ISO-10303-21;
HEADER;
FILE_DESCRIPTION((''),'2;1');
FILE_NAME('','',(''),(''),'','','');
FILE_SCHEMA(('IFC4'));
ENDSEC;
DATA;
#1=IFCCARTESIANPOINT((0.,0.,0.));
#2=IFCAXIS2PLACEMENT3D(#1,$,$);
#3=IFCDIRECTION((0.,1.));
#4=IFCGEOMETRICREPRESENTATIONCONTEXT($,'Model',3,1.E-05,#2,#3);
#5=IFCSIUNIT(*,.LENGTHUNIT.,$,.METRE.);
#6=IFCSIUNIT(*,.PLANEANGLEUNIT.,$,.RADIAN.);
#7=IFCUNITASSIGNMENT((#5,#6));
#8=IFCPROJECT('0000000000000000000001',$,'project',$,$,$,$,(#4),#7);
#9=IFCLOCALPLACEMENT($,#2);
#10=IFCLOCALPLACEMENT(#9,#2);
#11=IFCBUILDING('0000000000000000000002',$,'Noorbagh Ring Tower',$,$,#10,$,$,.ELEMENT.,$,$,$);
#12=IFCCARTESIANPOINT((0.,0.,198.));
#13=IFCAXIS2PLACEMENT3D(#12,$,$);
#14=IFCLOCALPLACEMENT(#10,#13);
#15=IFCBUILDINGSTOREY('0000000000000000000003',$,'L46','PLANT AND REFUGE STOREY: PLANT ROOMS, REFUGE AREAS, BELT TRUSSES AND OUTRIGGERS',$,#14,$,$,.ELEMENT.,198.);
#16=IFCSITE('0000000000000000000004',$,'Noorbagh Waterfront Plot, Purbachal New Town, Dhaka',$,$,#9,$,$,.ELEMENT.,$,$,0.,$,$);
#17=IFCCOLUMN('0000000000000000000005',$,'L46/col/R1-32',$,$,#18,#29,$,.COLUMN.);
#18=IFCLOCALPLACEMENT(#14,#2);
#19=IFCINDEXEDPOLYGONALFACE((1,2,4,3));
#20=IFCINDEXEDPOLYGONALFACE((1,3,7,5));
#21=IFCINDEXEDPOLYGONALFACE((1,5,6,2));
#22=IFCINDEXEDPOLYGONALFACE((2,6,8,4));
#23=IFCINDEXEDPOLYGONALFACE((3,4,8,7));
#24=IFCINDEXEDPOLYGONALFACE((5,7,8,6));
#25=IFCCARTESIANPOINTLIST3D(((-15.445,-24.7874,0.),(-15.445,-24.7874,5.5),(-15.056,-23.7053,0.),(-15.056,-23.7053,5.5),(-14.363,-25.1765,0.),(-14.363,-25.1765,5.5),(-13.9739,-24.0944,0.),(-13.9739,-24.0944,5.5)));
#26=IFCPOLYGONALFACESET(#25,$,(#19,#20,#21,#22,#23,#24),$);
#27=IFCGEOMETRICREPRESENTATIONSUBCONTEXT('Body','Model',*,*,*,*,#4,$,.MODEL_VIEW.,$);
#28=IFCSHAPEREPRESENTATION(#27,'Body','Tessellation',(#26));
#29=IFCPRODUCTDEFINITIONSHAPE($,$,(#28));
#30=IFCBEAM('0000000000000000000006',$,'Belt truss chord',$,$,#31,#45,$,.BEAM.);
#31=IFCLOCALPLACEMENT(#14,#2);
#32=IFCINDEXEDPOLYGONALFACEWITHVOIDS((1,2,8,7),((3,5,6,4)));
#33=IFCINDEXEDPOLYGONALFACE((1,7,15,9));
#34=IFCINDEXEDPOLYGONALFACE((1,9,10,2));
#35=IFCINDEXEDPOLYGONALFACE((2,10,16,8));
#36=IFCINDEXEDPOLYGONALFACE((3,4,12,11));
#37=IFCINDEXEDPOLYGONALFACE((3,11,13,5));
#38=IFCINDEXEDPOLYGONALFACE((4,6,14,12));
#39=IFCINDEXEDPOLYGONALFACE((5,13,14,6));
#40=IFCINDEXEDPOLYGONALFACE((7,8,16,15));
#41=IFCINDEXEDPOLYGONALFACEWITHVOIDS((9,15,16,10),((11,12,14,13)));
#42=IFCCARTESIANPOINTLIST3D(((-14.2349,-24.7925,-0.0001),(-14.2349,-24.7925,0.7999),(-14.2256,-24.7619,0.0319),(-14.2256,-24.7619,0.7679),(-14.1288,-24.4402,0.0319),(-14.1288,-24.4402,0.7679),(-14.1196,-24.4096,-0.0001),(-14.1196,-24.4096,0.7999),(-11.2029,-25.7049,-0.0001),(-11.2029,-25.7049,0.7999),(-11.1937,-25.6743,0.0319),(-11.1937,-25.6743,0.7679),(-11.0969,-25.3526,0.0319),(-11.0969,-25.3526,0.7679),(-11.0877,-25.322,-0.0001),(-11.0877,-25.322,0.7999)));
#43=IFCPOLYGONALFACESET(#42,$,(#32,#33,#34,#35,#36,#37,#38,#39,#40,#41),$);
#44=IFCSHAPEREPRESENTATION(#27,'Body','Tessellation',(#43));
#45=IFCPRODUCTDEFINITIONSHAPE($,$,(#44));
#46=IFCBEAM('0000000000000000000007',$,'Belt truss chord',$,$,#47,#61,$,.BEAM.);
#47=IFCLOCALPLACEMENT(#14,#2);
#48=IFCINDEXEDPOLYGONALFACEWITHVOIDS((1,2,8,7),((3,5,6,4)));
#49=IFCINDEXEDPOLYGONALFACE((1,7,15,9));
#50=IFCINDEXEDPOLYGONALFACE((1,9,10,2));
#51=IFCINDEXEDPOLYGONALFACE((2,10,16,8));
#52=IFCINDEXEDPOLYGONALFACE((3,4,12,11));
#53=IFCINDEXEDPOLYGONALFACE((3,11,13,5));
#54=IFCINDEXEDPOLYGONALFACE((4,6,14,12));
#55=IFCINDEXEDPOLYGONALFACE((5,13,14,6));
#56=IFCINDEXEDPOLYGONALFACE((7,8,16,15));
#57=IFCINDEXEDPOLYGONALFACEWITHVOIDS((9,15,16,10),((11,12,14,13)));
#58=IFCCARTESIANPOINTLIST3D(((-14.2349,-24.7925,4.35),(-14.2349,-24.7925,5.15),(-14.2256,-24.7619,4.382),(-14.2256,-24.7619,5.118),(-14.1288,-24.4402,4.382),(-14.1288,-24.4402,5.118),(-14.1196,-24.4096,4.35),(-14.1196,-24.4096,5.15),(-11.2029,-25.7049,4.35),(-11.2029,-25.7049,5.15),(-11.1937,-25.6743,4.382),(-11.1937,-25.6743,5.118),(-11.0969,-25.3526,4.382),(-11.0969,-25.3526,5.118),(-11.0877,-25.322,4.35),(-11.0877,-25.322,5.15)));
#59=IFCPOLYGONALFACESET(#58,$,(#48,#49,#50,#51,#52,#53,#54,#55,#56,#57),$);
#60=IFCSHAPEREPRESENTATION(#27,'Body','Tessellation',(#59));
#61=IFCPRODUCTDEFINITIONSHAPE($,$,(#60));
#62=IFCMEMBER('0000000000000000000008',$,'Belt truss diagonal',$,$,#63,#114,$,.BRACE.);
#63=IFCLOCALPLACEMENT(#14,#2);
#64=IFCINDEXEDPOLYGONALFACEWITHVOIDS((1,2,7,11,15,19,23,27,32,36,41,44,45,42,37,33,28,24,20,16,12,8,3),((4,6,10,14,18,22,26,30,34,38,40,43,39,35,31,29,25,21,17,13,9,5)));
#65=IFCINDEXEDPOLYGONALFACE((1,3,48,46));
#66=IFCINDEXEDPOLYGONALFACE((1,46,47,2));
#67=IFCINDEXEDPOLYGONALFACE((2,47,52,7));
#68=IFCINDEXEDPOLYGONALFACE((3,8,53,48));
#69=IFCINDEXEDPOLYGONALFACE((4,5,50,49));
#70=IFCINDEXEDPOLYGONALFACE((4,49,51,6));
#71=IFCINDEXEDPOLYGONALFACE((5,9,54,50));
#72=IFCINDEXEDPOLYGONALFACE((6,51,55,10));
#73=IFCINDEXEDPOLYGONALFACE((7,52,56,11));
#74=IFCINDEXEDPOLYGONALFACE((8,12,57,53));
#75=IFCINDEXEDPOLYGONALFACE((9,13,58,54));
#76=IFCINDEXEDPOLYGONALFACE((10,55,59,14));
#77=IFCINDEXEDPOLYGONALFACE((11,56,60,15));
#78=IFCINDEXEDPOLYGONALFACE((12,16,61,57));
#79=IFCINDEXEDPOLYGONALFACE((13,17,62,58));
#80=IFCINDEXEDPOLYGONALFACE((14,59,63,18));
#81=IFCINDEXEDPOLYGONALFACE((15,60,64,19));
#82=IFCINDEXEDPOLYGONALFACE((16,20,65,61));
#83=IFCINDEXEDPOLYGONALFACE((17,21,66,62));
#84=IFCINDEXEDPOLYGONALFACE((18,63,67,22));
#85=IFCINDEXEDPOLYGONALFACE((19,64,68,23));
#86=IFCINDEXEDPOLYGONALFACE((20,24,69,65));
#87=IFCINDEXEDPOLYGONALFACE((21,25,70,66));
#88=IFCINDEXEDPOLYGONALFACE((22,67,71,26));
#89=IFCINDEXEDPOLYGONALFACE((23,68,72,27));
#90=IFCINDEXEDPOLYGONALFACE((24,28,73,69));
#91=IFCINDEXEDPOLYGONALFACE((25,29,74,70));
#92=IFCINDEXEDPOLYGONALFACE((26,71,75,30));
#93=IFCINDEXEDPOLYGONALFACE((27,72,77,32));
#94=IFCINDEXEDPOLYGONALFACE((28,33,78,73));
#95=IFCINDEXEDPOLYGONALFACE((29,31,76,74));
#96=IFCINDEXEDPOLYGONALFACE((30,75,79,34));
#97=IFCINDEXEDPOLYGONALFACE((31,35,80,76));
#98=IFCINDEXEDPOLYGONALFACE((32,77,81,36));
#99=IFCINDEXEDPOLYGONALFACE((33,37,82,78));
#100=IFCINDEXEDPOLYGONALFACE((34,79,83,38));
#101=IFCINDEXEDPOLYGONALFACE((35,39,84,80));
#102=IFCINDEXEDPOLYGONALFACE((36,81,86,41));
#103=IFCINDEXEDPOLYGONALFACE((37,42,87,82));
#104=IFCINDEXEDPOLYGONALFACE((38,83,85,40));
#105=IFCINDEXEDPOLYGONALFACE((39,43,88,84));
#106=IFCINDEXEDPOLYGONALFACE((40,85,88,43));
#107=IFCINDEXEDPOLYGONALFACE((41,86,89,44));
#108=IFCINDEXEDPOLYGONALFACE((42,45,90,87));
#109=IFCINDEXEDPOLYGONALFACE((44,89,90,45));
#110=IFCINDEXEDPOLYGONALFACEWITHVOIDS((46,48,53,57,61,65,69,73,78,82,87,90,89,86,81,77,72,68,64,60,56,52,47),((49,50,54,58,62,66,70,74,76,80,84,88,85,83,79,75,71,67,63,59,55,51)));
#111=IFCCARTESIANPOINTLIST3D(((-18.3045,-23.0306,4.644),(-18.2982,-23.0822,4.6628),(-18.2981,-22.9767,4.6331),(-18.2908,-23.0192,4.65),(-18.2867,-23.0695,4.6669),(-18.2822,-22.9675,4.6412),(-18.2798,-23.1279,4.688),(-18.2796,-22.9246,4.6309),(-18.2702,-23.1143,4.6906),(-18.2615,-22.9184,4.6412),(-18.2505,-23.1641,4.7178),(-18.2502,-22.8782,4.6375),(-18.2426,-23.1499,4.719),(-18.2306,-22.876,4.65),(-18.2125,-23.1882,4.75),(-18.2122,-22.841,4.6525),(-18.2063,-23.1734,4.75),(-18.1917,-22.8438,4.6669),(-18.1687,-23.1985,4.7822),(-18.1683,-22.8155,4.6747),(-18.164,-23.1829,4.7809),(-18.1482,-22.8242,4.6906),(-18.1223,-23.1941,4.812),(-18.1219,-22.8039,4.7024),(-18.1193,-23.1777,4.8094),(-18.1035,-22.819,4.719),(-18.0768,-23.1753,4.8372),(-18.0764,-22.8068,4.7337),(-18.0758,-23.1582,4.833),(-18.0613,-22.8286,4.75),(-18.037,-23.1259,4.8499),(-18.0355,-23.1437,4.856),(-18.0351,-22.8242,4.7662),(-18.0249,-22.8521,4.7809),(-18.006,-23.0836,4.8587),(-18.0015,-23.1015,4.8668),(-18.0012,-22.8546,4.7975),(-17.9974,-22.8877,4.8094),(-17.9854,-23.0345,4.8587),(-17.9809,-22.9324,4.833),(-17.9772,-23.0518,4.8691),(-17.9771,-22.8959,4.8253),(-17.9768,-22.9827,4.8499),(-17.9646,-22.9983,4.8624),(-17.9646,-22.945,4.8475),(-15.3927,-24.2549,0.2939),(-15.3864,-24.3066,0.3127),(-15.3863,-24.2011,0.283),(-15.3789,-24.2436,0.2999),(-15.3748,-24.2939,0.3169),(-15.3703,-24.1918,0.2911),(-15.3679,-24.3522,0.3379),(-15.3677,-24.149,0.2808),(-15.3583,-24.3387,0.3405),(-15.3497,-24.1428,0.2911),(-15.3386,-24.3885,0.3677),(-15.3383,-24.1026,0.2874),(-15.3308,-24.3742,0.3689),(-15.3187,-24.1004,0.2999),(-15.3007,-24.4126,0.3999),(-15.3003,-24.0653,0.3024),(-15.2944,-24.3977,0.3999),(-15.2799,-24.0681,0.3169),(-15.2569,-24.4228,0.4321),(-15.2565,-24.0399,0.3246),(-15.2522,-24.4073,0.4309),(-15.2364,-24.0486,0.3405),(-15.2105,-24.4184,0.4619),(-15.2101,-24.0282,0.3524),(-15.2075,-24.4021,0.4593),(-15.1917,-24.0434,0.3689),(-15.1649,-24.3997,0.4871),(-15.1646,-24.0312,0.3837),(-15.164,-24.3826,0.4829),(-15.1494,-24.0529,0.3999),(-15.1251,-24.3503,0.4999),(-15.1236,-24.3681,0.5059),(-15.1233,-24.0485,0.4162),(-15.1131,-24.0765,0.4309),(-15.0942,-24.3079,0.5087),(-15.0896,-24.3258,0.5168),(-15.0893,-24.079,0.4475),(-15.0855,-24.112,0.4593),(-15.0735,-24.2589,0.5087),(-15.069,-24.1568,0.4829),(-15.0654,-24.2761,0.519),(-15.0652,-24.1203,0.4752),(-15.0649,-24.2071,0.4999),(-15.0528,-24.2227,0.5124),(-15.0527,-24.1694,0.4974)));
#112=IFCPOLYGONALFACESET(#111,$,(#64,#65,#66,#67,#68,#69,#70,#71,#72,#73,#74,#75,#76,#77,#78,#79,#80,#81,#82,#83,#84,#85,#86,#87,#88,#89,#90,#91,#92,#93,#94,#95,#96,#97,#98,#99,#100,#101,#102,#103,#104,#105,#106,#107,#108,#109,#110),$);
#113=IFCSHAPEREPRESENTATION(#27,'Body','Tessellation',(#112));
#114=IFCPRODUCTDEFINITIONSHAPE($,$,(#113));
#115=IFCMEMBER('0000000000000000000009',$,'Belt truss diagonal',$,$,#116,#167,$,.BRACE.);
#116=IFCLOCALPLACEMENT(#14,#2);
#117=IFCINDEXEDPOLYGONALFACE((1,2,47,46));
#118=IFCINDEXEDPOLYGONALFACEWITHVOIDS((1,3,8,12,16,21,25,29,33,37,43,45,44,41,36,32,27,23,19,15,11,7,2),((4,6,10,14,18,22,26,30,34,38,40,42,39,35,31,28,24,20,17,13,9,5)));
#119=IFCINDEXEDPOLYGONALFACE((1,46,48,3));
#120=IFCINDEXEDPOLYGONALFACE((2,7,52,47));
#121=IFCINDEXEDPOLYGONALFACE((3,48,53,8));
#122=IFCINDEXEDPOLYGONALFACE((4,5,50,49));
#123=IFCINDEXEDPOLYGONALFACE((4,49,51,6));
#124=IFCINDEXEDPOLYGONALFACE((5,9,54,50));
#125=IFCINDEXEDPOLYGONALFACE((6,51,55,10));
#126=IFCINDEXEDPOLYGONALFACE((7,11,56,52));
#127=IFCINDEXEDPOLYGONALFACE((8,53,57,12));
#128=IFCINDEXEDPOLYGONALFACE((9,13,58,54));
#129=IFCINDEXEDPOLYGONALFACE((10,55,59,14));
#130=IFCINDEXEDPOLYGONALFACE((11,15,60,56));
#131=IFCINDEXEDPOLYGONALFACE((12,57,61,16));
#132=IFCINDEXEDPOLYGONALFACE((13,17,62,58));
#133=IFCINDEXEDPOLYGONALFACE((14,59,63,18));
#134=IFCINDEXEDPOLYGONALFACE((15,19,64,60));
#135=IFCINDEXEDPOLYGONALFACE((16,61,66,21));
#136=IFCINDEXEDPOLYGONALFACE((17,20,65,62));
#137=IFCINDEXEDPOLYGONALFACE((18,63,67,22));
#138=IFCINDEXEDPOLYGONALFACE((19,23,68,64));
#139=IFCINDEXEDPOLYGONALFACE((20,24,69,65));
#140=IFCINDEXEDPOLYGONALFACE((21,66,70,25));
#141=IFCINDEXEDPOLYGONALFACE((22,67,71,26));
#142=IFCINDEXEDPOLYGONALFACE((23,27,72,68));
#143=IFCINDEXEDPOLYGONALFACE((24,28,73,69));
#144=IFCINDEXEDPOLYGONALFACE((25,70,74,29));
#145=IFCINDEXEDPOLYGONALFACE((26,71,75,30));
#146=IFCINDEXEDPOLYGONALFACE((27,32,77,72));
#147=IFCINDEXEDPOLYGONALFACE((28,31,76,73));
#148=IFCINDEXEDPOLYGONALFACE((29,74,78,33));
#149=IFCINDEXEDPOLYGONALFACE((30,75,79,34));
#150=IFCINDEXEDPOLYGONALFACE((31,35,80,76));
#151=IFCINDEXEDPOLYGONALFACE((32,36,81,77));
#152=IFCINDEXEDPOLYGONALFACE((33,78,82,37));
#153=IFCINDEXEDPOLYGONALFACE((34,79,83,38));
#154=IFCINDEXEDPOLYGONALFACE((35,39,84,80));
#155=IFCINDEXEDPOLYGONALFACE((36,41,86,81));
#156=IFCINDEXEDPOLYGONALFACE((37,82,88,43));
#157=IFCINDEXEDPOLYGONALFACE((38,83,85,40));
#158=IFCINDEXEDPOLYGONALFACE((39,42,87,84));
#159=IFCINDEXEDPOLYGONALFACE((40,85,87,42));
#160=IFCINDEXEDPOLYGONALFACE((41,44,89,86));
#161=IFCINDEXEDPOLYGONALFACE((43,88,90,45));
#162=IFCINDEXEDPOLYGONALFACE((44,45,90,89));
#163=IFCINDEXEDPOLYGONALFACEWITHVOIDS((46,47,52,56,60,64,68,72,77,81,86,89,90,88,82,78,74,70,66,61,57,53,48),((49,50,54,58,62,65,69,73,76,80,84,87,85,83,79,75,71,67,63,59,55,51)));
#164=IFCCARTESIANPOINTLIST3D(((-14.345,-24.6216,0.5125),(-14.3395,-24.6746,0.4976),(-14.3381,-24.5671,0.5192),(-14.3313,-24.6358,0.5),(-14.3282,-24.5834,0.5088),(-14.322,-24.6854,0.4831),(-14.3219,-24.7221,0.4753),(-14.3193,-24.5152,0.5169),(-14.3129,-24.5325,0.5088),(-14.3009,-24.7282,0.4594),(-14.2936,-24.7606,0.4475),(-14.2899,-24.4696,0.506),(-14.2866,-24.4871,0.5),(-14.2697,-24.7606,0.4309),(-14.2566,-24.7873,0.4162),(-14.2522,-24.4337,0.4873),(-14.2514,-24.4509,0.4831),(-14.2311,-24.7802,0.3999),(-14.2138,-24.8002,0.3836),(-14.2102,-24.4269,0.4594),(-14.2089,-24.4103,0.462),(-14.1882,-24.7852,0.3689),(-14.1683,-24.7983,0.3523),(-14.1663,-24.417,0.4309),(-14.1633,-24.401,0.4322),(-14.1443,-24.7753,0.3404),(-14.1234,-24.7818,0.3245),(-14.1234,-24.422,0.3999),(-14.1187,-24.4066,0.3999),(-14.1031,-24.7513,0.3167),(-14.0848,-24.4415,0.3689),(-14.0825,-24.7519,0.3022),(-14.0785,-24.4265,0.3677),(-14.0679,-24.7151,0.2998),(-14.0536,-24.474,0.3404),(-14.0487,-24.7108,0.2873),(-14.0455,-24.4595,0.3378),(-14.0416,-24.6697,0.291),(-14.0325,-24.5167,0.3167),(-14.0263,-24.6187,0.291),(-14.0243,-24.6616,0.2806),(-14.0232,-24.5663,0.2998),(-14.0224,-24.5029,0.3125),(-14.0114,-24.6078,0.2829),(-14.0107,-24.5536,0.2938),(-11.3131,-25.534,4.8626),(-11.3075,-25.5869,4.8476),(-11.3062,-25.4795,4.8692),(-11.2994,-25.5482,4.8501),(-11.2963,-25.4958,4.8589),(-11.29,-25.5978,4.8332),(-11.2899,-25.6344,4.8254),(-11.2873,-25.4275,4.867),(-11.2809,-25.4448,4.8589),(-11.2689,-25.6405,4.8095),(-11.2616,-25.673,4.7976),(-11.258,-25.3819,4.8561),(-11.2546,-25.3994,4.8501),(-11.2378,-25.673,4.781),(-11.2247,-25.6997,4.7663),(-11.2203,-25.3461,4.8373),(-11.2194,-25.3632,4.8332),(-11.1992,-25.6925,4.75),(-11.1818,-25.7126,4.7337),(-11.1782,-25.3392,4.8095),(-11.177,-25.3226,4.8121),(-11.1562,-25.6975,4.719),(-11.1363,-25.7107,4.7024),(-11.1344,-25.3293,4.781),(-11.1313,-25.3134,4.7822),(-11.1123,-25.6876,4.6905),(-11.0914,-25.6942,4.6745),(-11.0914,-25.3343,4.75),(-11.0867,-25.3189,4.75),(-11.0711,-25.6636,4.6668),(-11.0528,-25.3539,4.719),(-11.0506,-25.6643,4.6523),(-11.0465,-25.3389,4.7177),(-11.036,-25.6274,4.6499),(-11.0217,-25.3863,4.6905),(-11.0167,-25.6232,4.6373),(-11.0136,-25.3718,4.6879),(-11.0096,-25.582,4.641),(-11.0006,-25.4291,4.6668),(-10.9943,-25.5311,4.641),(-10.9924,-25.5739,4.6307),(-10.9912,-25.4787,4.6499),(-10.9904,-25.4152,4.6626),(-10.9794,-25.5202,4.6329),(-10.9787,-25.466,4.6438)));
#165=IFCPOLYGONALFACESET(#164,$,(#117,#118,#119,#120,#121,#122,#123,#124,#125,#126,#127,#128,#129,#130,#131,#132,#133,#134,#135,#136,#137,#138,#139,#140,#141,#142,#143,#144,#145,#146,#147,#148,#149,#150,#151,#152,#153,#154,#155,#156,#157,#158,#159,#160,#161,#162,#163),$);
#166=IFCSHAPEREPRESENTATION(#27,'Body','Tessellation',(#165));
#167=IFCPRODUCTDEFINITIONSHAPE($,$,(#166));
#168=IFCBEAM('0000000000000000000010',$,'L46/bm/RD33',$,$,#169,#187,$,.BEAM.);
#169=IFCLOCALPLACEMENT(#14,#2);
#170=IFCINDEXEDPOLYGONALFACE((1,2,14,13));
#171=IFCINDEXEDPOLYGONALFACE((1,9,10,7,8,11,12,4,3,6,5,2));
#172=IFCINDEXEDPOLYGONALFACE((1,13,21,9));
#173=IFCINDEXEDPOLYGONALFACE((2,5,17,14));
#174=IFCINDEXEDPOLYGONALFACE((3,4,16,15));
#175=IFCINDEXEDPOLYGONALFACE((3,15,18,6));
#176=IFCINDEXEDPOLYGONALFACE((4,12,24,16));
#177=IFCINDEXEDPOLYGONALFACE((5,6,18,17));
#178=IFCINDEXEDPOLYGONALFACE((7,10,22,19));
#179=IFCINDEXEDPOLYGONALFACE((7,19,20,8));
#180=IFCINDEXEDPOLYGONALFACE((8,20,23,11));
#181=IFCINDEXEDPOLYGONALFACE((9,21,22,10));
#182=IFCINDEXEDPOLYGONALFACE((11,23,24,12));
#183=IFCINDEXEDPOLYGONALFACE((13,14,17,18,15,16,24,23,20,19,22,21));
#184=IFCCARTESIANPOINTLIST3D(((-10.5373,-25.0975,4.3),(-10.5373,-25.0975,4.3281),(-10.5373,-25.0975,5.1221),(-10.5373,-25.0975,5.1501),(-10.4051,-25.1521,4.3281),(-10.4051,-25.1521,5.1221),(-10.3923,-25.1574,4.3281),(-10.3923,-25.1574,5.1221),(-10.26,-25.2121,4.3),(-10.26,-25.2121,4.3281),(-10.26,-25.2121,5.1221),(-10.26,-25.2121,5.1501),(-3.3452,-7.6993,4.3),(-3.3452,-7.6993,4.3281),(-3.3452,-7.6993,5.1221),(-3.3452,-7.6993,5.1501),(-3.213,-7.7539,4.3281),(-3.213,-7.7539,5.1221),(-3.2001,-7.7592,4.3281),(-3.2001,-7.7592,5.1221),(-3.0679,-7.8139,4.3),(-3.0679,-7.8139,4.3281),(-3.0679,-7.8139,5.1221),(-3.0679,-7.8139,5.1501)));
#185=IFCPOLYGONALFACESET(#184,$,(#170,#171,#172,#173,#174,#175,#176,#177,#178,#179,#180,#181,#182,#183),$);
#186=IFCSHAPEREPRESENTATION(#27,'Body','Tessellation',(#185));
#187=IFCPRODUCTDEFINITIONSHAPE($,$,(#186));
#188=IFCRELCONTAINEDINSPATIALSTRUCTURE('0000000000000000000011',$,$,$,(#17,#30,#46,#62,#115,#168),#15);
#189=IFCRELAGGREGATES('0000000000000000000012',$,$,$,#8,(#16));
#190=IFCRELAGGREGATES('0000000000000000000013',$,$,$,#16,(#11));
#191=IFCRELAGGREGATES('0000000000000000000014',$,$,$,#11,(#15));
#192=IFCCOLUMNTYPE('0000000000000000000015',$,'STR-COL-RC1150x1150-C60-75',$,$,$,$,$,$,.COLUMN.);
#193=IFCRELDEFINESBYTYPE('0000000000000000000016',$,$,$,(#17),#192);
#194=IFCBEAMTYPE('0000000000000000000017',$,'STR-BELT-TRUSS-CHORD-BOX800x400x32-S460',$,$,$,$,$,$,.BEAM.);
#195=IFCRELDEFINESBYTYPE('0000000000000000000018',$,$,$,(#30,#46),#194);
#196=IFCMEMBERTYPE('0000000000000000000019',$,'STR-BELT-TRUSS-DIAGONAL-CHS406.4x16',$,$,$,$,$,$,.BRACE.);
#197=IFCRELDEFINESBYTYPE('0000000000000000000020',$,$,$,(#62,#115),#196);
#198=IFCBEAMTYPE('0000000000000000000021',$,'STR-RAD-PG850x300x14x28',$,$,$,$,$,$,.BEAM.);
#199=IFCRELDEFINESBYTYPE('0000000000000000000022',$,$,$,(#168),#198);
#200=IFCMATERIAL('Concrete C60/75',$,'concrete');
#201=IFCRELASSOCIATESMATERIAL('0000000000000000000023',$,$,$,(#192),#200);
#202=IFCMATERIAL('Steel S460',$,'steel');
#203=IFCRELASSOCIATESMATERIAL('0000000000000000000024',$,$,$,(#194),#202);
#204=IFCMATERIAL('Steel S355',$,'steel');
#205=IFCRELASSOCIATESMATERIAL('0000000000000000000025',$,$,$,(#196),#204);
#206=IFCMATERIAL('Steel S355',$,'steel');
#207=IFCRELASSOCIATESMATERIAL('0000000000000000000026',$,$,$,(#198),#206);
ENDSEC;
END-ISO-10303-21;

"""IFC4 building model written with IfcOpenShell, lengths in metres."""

from ifc_helpers import new_model, si_unit, direction, frame, origin, origin_2d, place, context, subcontext, project, spatial, rectangle, hollow_rectangle, hollow_circle, i_section, extrude, material, material_profile, profile_set, type_object, element, save


model = new_model("IFC4")

# Units and contexts
model_context = context("Model", 3, precision=1e-05, world=origin(), true_north=direction((0.0, 1.0)))
body_context = subcontext(model_context, "Body", "Model", "MODEL_VIEW")
ifc_project = project(units=[si_unit("LENGTHUNIT", "METRE"), si_unit("PLANEANGLEUNIT", "RADIAN")], contexts=[model_context])

# Site, building, storey
site_placement = place(None, origin())
site = spatial("IfcSite", under=ifc_project, at=site_placement, Name="Noorbagh Waterfront Plot, Purbachal New Town, Dhaka", CompositionType="ELEMENT", RefElevation=0.0)
building_placement = place(site_placement, origin())
building = spatial("IfcBuilding", under=site, at=building_placement, Name="Noorbagh Ring Tower", CompositionType="ELEMENT")
storey_placement = place(building_placement, frame((0.0, 0.0, 198.0)))
storey = spatial("IfcBuildingStorey", under=building, at=storey_placement, Name="L46", Description="PLANT AND REFUGE STOREY: PLANT ROOMS, REFUGE AREAS, BELT TRUSSES AND OUTRIGGERS", CompositionType="ELEMENT", Elevation=198.0)

# Column
ifc_material_1 = material(Name="Concrete C60/75", Category="concrete")
ifc_material_profile_1 = material_profile(ifc_material_1, rectangle(XDim=1.1499, YDim=1.1499, at=origin_2d()), Name="RC1150x1150")
ifc_profile_set_1 = profile_set([ifc_material_profile_1], Name="Concrete C60/75")
column_type = type_object("IfcColumnType", Name="STR-COL-RC1150x1150-C60-75", PredefinedType="COLUMN", material=ifc_profile_set_1)
column_placement = place(storey_placement, frame((-14.7095, -24.4409, 0.0), z_axis=(0.0, 0.0, 1.0), x_axis=(0.941025, -0.338338, 0.0)))
element("IfcColumn", 1, at=column_placement, inside=storey, type_object=column_type, Name="L46/col/R1-32", PredefinedType="COLUMN", context=body_context, shape_type="SweptSolid", body=[
    extrude(rectangle(XDim=1.1499, YDim=1.1499, at=origin_2d()), origin(), (0.0, 0.0, 1.0), 5.5),
])

# Beams
ifc_material_2 = material(Name="Steel S460", Category="steel")
ifc_material_profile_2 = material_profile(ifc_material_2, hollow_rectangle(XDim=0.3999, YDim=0.8, WallThickness=0.032, at=origin_2d()), Name="BOX800x400x32")
ifc_profile_set_2 = profile_set([ifc_material_profile_2], Name="Steel S460")
beam_type_1 = type_object("IfcBeamType", Name="STR-BELT-TRUSS-CHORD-BOX800x400x32-S460", PredefinedType="BEAM", material=ifc_profile_set_2)
for number, where, z_axis, x_axis, name in (
    (2, (-14.1772, -24.6011, 0.3999), (0.957586, -0.288147, 0.0), (0.288147, 0.957586, 0.0), "Belt truss chord"),
    (3, (-14.1772, -24.6011, 4.75), (0.957586, -0.288147, 0.0), (0.288147, 0.957586, 0.0), "Belt truss chord"),
):
    element("IfcBeam", number, at=place(storey_placement, frame(where, z_axis=z_axis, x_axis=x_axis)), inside=storey, type_object=beam_type_1, Name=name, PredefinedType="BEAM", context=body_context, shape_type="SweptSolid", body=[
        extrude(hollow_rectangle(XDim=0.3999, YDim=0.8, WallThickness=0.032, at=origin_2d()), origin(), (0.0, 0.0, 1.0), 3.1663),
    ])

# Members
ifc_material_3 = material(Name="Steel S355", Category="steel")
ifc_material_profile_3 = material_profile(ifc_material_3, hollow_circle(Radius=0.2031, WallThickness=0.0161, at=origin_2d()), Name="CHS406.4x16")
ifc_profile_set_3 = profile_set([ifc_material_profile_3], Name="Steel S355")
member_type = type_object("IfcMemberType", Name="STR-BELT-TRUSS-DIAGONAL-CHS406.4x16", PredefinedType="BRACE", material=ifc_profile_set_3)
member_1_placement = place(storey_placement, frame((-15.2219, -24.2253, 0.3999), z_axis=(-0.541642, 0.227746, 0.80917), x_axis=(-0.387604, -0.921826, 0.0)))
element("IfcMember", 4, at=member_1_placement, inside=storey, type_object=member_type, Name="Belt truss diagonal", PredefinedType="BRACE", context=body_context, shape_type="SweptSolid", body=[
    extrude(hollow_circle(Radius=0.2031, WallThickness=0.0161, at=origin_2d()), origin(), (0.0, 0.0, 1.0), 5.376),
])
member_2_placement = place(storey_placement, frame((-14.1772, -24.6011, 0.3999), z_axis=(0.563524, -0.16957, 0.808509), x_axis=(0.288147, 0.957586, 0.0)))
element("IfcMember", 5, at=member_2_placement, inside=storey, type_object=member_type, Name="Belt truss diagonal", PredefinedType="BRACE", context=body_context, shape_type="SweptSolid", body=[
    extrude(hollow_circle(Radius=0.2031, WallThickness=0.0161, at=origin_2d()), origin(), (0.0, 0.0, 1.0), 5.3804),
])

# Beam
ifc_material_4 = material(Name="Steel S355", Category="steel")
ifc_material_profile_4 = material_profile(ifc_material_4, i_section(OverallWidth=0.3, OverallDepth=0.8501, WebThickness=0.0139, FlangeThickness=0.0281, at=origin_2d()), Name="PG850x300x14x28")
ifc_profile_set_4 = profile_set([ifc_material_profile_4], Name="Steel S355")
beam_type_2 = type_object("IfcBeamType", Name="STR-RAD-PG850x300x14x28", PredefinedType="BEAM", material=ifc_profile_set_4)
beam_placement = place(storey_placement, frame((-10.3987, -25.1548, 4.7251), z_axis=(0.382029, 0.92415, 0.0), x_axis=(-0.92415, 0.382029, 0.0)))
element("IfcBeam", 6, at=beam_placement, inside=storey, type_object=beam_type_2, Name="L46/bm/RD33", PredefinedType="BEAM", context=body_context, shape_type="SweptSolid", body=[
    extrude(i_section(OverallWidth=0.3, OverallDepth=0.8501, WebThickness=0.0139, FlangeThickness=0.0281, at=origin_2d()), origin(), (0.0, 0.0, 1.0), 18.8262),
])

save(model, "model.ifc")
